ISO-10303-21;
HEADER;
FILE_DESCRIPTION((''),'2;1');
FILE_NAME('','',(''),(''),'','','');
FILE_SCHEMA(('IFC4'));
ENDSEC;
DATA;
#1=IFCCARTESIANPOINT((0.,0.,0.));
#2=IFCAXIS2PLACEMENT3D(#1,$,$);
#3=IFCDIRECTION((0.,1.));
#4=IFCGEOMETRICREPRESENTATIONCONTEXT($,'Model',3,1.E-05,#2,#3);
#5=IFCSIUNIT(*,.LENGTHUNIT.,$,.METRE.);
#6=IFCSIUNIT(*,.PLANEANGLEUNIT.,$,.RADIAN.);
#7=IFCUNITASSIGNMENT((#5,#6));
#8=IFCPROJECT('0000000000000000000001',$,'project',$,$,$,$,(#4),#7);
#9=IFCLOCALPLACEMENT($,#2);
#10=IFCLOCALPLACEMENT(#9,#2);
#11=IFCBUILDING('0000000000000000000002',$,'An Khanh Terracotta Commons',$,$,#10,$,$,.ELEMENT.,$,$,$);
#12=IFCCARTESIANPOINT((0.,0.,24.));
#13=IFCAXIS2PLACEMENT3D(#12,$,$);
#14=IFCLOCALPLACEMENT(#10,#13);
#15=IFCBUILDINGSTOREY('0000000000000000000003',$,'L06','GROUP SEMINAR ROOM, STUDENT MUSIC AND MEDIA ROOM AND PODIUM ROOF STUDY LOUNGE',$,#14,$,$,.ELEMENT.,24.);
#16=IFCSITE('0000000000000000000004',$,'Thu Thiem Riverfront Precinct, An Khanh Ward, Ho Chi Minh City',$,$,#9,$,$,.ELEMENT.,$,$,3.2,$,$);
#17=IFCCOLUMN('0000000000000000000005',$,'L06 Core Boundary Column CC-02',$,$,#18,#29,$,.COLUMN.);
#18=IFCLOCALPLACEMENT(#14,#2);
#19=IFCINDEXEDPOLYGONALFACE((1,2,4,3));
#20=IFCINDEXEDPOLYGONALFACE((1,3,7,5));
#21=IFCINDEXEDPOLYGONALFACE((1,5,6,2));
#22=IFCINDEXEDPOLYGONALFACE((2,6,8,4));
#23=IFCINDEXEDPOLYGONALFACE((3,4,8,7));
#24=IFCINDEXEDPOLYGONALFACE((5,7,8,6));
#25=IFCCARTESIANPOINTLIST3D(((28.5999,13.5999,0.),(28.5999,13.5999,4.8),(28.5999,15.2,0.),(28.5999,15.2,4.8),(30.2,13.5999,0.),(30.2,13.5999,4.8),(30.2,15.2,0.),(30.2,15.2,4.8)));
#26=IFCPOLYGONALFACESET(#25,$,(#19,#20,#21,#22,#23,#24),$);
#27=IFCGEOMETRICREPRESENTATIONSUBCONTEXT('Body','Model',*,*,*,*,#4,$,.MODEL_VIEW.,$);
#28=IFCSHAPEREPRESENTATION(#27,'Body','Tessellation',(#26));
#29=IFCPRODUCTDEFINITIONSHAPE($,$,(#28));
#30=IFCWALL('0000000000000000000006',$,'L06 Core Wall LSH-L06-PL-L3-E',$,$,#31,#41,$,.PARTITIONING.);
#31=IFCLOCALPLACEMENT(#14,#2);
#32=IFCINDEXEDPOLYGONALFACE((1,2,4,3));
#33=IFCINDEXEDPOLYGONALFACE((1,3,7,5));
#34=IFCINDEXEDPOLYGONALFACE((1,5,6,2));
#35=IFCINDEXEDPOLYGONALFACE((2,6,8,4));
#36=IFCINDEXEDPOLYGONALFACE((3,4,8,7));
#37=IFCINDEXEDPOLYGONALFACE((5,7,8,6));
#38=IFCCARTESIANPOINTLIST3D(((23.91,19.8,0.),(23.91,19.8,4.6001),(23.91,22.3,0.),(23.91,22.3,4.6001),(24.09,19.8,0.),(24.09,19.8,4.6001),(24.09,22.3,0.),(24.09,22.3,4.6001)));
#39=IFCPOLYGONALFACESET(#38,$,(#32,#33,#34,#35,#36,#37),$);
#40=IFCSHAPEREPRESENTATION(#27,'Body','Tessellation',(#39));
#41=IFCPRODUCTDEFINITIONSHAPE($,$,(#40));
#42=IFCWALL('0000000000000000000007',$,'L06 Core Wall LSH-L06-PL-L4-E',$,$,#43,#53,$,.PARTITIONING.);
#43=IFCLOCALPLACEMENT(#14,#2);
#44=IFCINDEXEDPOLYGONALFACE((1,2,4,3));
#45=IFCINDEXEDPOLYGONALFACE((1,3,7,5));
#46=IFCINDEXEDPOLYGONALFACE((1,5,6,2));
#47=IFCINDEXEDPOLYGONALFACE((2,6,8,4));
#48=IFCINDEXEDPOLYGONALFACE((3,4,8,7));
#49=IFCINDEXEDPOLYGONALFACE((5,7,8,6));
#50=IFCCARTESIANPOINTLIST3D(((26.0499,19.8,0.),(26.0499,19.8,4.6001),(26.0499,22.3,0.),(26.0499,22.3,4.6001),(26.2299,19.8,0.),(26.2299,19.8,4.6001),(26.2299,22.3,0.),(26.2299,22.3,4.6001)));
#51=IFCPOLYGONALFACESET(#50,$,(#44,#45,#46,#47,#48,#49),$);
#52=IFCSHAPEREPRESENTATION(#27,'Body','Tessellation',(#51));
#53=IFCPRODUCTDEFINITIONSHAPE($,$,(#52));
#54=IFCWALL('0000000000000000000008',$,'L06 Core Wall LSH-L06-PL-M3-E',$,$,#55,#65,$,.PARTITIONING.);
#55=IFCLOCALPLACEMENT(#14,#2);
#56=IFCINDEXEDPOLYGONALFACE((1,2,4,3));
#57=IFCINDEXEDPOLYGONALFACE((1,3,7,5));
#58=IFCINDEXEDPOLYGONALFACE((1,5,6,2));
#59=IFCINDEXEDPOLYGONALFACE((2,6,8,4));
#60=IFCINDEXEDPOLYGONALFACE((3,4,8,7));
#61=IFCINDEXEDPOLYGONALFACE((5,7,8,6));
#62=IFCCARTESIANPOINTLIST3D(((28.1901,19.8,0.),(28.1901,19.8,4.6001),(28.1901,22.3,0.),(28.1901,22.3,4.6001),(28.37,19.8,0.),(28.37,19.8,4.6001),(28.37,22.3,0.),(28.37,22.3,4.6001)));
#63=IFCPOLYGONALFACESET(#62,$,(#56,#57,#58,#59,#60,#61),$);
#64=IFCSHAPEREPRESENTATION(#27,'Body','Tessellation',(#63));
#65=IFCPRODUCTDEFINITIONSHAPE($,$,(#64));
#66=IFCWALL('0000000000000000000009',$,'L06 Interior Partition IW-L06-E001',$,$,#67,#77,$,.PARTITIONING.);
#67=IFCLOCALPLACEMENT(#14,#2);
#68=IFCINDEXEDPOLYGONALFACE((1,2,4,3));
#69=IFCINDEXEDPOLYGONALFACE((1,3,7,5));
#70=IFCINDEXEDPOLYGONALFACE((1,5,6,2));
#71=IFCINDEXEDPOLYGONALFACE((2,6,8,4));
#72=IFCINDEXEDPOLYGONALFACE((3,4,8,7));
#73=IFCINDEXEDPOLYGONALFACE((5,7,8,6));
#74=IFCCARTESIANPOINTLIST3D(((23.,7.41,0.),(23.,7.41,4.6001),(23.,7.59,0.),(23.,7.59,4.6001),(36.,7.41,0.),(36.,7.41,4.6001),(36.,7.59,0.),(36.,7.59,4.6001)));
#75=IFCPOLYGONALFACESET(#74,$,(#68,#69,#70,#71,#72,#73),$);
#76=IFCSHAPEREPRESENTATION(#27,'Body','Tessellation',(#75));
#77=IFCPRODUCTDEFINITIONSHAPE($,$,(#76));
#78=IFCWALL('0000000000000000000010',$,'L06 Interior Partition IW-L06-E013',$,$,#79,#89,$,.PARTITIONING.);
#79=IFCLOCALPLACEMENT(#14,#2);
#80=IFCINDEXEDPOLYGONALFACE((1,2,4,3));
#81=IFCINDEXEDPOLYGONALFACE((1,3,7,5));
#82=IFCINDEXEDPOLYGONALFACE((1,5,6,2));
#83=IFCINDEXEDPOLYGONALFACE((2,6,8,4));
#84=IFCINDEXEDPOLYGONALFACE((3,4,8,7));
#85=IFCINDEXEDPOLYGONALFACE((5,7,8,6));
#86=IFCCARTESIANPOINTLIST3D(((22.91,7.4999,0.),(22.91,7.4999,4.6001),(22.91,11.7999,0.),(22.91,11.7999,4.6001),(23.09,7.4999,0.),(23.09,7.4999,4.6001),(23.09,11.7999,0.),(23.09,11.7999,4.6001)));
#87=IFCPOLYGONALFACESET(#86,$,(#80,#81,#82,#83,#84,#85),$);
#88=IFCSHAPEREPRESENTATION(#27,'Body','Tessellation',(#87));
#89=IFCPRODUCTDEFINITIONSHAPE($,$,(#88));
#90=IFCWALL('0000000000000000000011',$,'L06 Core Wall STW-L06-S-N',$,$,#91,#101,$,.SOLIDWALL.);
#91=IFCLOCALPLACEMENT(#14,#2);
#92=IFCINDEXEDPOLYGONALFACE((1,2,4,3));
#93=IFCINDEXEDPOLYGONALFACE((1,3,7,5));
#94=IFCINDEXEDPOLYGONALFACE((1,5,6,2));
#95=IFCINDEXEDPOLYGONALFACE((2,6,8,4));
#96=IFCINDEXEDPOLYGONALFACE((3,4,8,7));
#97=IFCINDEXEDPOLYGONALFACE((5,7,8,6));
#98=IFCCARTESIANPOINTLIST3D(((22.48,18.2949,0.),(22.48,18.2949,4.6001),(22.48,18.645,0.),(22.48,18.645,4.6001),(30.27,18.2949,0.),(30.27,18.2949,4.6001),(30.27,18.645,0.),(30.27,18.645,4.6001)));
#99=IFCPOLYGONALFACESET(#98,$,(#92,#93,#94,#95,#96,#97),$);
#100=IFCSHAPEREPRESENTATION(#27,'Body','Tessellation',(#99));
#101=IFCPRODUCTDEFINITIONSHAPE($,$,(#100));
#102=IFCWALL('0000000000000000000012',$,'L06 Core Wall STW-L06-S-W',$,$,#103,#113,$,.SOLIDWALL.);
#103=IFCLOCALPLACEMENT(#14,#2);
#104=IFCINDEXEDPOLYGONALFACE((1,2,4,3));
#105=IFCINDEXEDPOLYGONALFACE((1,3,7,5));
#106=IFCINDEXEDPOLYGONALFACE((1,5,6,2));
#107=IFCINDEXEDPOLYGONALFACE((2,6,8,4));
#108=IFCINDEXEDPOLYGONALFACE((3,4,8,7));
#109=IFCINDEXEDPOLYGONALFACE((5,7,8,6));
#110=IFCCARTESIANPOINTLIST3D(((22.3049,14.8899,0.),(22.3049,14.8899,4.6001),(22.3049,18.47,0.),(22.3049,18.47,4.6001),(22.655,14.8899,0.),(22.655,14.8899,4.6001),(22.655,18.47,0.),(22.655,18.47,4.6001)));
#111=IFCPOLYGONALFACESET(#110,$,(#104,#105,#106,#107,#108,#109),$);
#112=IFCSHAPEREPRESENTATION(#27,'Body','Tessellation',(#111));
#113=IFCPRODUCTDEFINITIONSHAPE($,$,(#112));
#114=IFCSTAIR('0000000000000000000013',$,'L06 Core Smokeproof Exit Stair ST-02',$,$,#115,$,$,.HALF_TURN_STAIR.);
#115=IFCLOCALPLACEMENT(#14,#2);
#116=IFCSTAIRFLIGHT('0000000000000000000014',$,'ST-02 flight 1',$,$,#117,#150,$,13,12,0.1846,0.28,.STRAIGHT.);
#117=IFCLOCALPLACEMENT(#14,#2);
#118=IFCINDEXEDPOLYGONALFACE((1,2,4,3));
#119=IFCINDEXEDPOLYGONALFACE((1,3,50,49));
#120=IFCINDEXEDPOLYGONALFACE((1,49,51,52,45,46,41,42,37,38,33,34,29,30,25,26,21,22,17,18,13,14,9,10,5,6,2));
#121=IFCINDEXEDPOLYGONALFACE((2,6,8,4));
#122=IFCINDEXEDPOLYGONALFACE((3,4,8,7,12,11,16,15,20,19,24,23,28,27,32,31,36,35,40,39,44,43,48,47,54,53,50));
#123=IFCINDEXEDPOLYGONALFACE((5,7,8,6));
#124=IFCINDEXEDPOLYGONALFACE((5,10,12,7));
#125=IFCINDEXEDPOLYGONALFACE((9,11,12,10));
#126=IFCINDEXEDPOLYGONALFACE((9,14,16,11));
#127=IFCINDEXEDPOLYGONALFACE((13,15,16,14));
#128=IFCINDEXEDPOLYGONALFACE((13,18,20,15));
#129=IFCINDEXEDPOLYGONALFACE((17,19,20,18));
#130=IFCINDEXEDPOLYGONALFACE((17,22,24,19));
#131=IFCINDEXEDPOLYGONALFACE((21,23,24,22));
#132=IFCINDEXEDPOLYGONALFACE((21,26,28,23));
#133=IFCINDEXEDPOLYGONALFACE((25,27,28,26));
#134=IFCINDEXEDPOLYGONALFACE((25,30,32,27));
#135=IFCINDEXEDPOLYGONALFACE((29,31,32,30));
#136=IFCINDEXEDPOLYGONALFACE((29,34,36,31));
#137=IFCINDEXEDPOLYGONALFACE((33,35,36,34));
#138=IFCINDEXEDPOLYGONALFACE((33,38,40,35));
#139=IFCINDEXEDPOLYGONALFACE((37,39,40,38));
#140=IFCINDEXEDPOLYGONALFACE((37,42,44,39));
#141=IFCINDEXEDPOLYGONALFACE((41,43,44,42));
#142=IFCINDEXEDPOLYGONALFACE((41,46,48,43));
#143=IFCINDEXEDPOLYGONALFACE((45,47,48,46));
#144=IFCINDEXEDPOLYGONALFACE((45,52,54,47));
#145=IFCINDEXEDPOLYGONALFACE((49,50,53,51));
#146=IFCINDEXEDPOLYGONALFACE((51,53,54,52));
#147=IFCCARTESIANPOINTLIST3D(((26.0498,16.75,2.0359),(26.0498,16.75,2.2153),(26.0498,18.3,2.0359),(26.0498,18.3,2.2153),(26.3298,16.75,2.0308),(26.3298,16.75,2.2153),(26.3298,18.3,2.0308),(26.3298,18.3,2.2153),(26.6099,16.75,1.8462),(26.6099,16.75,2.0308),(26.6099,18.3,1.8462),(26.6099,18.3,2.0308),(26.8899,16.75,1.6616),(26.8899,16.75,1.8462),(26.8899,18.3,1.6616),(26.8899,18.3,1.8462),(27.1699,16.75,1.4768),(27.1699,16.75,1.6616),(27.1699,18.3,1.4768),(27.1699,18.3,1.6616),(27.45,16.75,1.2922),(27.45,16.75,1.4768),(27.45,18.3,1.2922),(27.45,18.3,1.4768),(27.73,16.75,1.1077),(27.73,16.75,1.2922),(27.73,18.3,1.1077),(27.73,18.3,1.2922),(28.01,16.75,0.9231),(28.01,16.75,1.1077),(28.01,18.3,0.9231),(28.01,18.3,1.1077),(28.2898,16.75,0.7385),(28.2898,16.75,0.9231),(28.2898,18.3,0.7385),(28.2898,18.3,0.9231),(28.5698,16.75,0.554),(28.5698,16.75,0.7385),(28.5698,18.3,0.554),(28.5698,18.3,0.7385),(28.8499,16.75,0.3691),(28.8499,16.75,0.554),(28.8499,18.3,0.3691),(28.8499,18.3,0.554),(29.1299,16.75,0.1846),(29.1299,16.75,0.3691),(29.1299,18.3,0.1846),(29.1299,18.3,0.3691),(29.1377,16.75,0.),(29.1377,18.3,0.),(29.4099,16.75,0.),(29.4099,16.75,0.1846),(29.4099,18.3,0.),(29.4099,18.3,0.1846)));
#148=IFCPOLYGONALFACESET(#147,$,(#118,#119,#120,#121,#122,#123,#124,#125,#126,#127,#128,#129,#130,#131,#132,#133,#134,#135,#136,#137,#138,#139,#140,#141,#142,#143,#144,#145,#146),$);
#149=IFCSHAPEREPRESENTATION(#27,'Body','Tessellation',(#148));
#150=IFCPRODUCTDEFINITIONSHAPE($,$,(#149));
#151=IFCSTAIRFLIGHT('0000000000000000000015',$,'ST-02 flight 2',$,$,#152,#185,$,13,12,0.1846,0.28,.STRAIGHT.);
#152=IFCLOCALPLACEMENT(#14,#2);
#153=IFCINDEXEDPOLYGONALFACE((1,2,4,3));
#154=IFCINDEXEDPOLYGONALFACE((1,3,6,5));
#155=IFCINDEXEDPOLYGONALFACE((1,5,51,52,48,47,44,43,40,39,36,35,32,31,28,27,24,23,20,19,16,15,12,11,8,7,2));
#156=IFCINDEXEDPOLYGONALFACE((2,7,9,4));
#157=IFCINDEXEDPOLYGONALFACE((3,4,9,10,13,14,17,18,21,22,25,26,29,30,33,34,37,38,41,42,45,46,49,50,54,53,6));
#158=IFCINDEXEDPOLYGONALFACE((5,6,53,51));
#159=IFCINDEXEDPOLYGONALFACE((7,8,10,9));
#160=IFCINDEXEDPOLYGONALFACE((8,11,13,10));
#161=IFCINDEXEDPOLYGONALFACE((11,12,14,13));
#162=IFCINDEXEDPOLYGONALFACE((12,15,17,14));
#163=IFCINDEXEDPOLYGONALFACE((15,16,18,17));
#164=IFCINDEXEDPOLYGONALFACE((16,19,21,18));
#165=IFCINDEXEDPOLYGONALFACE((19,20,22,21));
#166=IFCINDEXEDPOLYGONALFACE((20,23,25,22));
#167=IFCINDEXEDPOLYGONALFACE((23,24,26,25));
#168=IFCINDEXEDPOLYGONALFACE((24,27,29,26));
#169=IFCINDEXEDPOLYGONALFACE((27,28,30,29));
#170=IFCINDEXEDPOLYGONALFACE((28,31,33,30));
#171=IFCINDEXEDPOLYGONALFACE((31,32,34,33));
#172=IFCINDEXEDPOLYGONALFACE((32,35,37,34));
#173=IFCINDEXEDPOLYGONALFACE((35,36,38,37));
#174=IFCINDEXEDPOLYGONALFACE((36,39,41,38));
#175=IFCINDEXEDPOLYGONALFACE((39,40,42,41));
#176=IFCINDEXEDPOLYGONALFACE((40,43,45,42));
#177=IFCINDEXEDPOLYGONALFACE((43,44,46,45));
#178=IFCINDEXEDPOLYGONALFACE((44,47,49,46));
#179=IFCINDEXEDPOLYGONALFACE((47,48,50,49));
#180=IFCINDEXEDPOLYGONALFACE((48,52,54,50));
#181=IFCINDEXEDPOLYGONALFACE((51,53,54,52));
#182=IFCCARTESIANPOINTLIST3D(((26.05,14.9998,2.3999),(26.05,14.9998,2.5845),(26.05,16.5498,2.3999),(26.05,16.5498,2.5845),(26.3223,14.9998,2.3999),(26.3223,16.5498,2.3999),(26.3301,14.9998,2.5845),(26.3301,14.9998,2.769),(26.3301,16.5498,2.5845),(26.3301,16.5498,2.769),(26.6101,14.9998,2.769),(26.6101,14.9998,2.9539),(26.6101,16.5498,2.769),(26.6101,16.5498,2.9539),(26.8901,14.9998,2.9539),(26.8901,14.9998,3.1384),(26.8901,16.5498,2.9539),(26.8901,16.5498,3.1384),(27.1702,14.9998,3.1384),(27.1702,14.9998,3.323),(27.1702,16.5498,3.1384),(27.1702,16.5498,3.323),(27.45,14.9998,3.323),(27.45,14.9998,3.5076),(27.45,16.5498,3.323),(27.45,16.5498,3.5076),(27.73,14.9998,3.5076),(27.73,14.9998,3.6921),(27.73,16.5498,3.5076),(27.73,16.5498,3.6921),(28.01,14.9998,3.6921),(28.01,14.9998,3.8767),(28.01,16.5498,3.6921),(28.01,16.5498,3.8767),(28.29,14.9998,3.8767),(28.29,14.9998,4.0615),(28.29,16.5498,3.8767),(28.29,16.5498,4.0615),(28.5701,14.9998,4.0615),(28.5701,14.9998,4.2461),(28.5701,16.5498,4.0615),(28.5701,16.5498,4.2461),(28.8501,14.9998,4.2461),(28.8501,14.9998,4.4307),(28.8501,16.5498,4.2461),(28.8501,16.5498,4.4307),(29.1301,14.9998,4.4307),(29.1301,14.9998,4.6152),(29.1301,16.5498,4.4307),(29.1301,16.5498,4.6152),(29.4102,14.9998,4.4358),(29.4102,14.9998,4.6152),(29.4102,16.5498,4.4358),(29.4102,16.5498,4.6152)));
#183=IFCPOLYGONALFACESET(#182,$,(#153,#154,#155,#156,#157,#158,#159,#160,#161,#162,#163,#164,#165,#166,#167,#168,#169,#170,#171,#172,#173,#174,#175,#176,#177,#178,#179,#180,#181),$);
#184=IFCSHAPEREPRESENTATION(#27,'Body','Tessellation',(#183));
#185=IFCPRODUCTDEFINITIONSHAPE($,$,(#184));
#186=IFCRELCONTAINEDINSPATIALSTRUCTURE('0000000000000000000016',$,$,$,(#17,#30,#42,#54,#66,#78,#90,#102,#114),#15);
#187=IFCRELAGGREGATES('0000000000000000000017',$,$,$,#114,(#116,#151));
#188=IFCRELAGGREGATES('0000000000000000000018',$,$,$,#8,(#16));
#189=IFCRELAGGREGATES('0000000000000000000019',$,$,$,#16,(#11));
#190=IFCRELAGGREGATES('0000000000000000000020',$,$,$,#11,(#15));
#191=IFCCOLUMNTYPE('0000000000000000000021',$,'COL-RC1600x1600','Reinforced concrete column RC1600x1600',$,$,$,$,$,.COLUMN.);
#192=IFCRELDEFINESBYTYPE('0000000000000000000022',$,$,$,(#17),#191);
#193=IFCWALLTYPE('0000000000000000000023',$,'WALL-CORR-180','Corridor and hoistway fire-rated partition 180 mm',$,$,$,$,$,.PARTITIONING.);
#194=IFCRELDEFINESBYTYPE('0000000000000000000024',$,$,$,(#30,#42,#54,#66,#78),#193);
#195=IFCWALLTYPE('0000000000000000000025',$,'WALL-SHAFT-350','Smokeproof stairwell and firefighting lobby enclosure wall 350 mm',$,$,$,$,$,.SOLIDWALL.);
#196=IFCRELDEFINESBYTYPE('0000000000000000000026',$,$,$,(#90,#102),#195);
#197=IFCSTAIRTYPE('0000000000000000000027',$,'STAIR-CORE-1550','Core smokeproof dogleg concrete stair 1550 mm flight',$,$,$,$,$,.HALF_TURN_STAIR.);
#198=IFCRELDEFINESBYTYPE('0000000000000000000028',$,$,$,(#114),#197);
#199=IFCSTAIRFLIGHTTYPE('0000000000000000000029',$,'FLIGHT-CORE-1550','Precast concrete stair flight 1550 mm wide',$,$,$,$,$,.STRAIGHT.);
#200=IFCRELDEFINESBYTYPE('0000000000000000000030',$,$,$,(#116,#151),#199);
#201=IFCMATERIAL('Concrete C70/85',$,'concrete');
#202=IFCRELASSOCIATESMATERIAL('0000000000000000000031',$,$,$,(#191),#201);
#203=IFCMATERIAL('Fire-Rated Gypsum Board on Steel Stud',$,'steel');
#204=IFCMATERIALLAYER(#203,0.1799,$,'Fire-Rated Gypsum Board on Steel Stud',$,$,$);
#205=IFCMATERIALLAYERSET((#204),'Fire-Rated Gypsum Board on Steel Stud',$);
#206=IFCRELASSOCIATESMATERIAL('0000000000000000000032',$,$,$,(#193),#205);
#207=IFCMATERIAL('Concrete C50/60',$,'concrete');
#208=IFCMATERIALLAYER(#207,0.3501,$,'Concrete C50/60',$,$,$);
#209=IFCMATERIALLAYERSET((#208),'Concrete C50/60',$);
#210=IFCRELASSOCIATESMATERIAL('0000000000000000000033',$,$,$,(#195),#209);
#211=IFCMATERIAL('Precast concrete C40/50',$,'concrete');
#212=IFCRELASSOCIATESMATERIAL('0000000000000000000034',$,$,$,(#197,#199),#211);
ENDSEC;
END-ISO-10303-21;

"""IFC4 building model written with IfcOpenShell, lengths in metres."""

from ifc_helpers import new_model, si_unit, direction, frame, frame_2d, origin, origin_2d, place, context, subcontext, project, spatial, polyline, rectangle, outline, extrude, material, layer, layer_set, material_profile, profile_set, type_object, element, aggregate, save


model = new_model("IFC4")

# Units and contexts
model_context = context("Model", 3, precision=1e-05, world=origin(), true_north=direction((0.0, 1.0)))
body_context = subcontext(model_context, "Body", "Model", "MODEL_VIEW")
ifc_project = project(units=[si_unit("LENGTHUNIT", "METRE"), si_unit("PLANEANGLEUNIT", "RADIAN")], contexts=[model_context])

# Site, building, storey
site_placement = place(None, origin())
site = spatial("IfcSite", under=ifc_project, at=site_placement, Name="Thu Thiem Riverfront Precinct, An Khanh Ward, Ho Chi Minh City", CompositionType="ELEMENT", RefElevation=3.2)
building_placement = place(site_placement, origin())
building = spatial("IfcBuilding", under=site, at=building_placement, Name="An Khanh Terracotta Commons", CompositionType="ELEMENT")
storey_placement = place(building_placement, frame((0.0, 0.0, 24.0)))
storey = spatial("IfcBuildingStorey", under=building, at=storey_placement, Name="L06", Description="GROUP SEMINAR ROOM, STUDENT MUSIC AND MEDIA ROOM AND PODIUM ROOF STUDY LOUNGE", CompositionType="ELEMENT", Elevation=24.0)

# Column
ifc_material_1 = material(Name="Concrete C70/85", Category="concrete")
ifc_material_profile = material_profile(ifc_material_1, rectangle(XDim=1.6001, YDim=1.6001, at=origin_2d()), Name="RC1600x1600")
ifc_profile_set = profile_set([ifc_material_profile], Name="Concrete C70/85")
column_type = type_object("IfcColumnType", Name="COL-RC1600x1600", Description="Reinforced concrete column RC1600x1600", PredefinedType="COLUMN", material=ifc_profile_set)
column_placement = place(storey_placement, frame((29.3999, 14.3999, 0.0), z_axis=(0.0, 0.0, 1.0), x_axis=(1.0, 0.0, 0.0)))
element("IfcColumn", 1, at=column_placement, inside=storey, type_object=column_type, Name="L06 Core Boundary Column CC-02", PredefinedType="COLUMN", context=body_context, shape_type="SweptSolid", body=[
    extrude(rectangle(XDim=1.6001, YDim=1.6001, at=origin_2d()), origin(), (0.0, 0.0, 1.0), 4.8),
])

# Walls
ifc_material_2 = material(Name="Fire-Rated Gypsum Board on Steel Stud", Category="steel")
ifc_layer_1 = layer(ifc_material_2, 0.1799, Name="Fire-Rated Gypsum Board on Steel Stud")
ifc_layer_set_1 = layer_set([ifc_layer_1], Name="Fire-Rated Gypsum Board on Steel Stud")
wall_type_1 = type_object("IfcWallType", Name="WALL-CORR-180", Description="Corridor and hoistway fire-rated partition 180 mm", PredefinedType="PARTITIONING", material=ifc_layer_set_1)
for number, where, z_axis, x_axis, name in (
    (2, (24.0, 19.8, 0.0), (0.0, 0.0, 1.0), (0.0, 1.0, 0.0), "L06 Core Wall LSH-L06-PL-L3-E"),
    (3, (26.1399, 19.8, 0.0), (0.0, 0.0, 1.0), (0.0, 1.0, 0.0), "L06 Core Wall LSH-L06-PL-L4-E"),
    (4, (28.28, 19.8, 0.0), (0.0, 0.0, 1.0), (0.0, 1.0, 0.0), "L06 Core Wall LSH-L06-PL-M3-E"),
):
    element("IfcWall", number, at=place(storey_placement, frame(where, z_axis=z_axis, x_axis=x_axis)), inside=storey, type_object=wall_type_1, Name=name, PredefinedType="PARTITIONING", context=body_context, shape_type="SweptSolid", body=[
        extrude(rectangle(XDim=2.5, YDim=0.1799, at=frame_2d((1.25, 0.0))), origin(), (0.0, 0.0, 1.0), 4.6001),
    ])
wall_1_placement = place(storey_placement, frame((23.0, 7.5, 0.0), z_axis=(0.0, 0.0, 1.0), x_axis=(1.0, 0.0, 0.0)))
element("IfcWall", 5, at=wall_1_placement, inside=storey, type_object=wall_type_1, Name="L06 Interior Partition IW-L06-E001", PredefinedType="PARTITIONING", context=body_context, shape_type="SweptSolid", body=[
    extrude(rectangle(XDim=13.0, YDim=0.1799, at=frame_2d((6.5, 0.0))), origin(), (0.0, 0.0, 1.0), 4.6001),
])
wall_2_placement = place(storey_placement, frame((23.0, 7.5, 0.0), z_axis=(0.0, 0.0, 1.0), x_axis=(0.0, 1.0, 0.0)))
element("IfcWall", 6, at=wall_2_placement, inside=storey, type_object=wall_type_1, Name="L06 Interior Partition IW-L06-E013", PredefinedType="PARTITIONING", context=body_context, shape_type="SweptSolid", body=[
    extrude(rectangle(XDim=4.3, YDim=0.1799, at=frame_2d((2.1499, 0.0))), origin(), (0.0, 0.0, 1.0), 4.6001),
])
ifc_material_3 = material(Name="Concrete C50/60", Category="concrete")
ifc_layer_2 = layer(ifc_material_3, 0.3501, Name="Concrete C50/60")
ifc_layer_set_2 = layer_set([ifc_layer_2], Name="Concrete C50/60")
wall_type_2 = type_object("IfcWallType", Name="WALL-SHAFT-350", Description="Smokeproof stairwell and firefighting lobby enclosure wall 350 mm", PredefinedType="SOLIDWALL", material=ifc_layer_set_2)
wall_3_placement = place(storey_placement, frame((22.48, 18.47, 0.0), z_axis=(0.0, 0.0, 1.0), x_axis=(1.0, 0.0, 0.0)))
element("IfcWall", 7, at=wall_3_placement, inside=storey, type_object=wall_type_2, Name="L06 Core Wall STW-L06-S-N", PredefinedType="SOLIDWALL", context=body_context, shape_type="SweptSolid", body=[
    extrude(rectangle(XDim=7.79, YDim=0.3501, at=frame_2d((3.895, 0.0))), origin(), (0.0, 0.0, 1.0), 4.6001),
])
wall_4_placement = place(storey_placement, frame((22.48, 14.8899, 0.0), z_axis=(0.0, 0.0, 1.0), x_axis=(0.0, 1.0, 0.0)))
element("IfcWall", 8, at=wall_4_placement, inside=storey, type_object=wall_type_2, Name="L06 Core Wall STW-L06-S-W", PredefinedType="SOLIDWALL", context=body_context, shape_type="SweptSolid", body=[
    extrude(rectangle(XDim=3.5801, YDim=0.3501, at=frame_2d((1.79, 0.0))), origin(), (0.0, 0.0, 1.0), 4.6001),
])

# Stair, stair flights
ifc_material_4 = material(Name="Precast concrete C40/50", Category="concrete")
stair_type = type_object("IfcStairType", Name="STAIR-CORE-1550", Description="Core smokeproof dogleg concrete stair 1550 mm flight", PredefinedType="HALF_TURN_STAIR", material=ifc_material_4)
stair_placement = place(storey_placement, origin())
stair = element("IfcStair", 9, at=stair_placement, inside=storey, type_object=stair_type, Name="L06 Core Smokeproof Exit Stair ST-02", PredefinedType="HALF_TURN_STAIR")
stair_flight_type = type_object("IfcStairFlightType", Name="FLIGHT-CORE-1550", Description="Precast concrete stair flight 1550 mm wide", PredefinedType="STRAIGHT", material=ifc_material_4)
stair_flight_1_placement = place(storey_placement, frame((29.4099, 17.5249, 0.0), z_axis=(0.0, 0.0, 1.0), x_axis=(-1.0, 0.0, 0.0)))
stair_flight_1 = element("IfcStairFlight", 10, at=stair_flight_1_placement, type_object=stair_flight_type, Name="ST-02 flight 1", NumberOfRisers=13, NumberOfTreads=12, PredefinedType="STRAIGHT", RiserHeight=0.1846, TreadLength=0.28, context=body_context, shape_type="SweptSolid", body=[
    extrude(outline(polyline([(0.0, 0.0), (0.0, 0.1846), (0.28, 0.1846), (0.28, 0.3691), (0.5601, 0.3691), (0.5601, 0.554), (0.8401, 0.554), (0.8401, 0.7385), (1.1201, 0.7385), (1.1201, 0.9231), (1.3999, 0.9231), (1.3999, 1.1077), (1.6799, 1.1077), (1.6799, 1.2922), (1.96, 1.2922), (1.96, 1.4768), (2.24, 1.4768), (2.24, 1.6616), (2.52, 1.6616), (2.52, 1.8462), (2.8, 1.8462), (2.8, 2.0308), (3.0801, 2.0308), (3.0801, 2.2153), (3.3601, 2.2153), (3.3601, 2.3999), (3.3601, 2.0359), (0.2722, 0.0), (0.0, 0.0)])), frame((0.0, 0.7749, 0.0), z_axis=(0.0, -1.0, 0.0), x_axis=(1.0, 0.0, 0.0)), (0.0, 0.0, 1.0), 1.55),
])
stair_flight_2_placement = place(storey_placement, frame((26.05, 15.7749, 2.3999), z_axis=(0.0, 0.0, 1.0), x_axis=(1.0, 0.0, 0.0)))
stair_flight_2 = element("IfcStairFlight", 11, at=stair_flight_2_placement, type_object=stair_flight_type, Name="ST-02 flight 2", NumberOfRisers=13, NumberOfTreads=12, PredefinedType="STRAIGHT", RiserHeight=0.1846, TreadLength=0.28, context=body_context, shape_type="SweptSolid", body=[
    extrude(outline(polyline([(0.0, 0.0), (0.0, 0.1846), (0.28, 0.1846), (0.28, 0.3691), (0.5601, 0.3691), (0.5601, 0.554), (0.8401, 0.554), (0.8401, 0.7385), (1.1201, 0.7385), (1.1201, 0.9231), (1.3999, 0.9231), (1.3999, 1.1077), (1.6799, 1.1077), (1.6799, 1.2922), (1.96, 1.2922), (1.96, 1.4768), (2.24, 1.4768), (2.24, 1.6616), (2.52, 1.6616), (2.52, 1.8462), (2.8, 1.8462), (2.8, 2.0308), (3.0801, 2.0308), (3.0801, 2.2153), (3.3601, 2.2153), (3.3601, 2.3999), (3.3601, 2.0359), (0.2722, 0.0), (0.0, 0.0)])), frame((0.0, 0.7749, 0.0), z_axis=(0.0, -1.0, 0.0), x_axis=(1.0, 0.0, 0.0)), (0.0, 0.0, 1.0), 1.55),
])
aggregate(stair, [stair_flight_1, stair_flight_2])

save(model, "model.ifc")
